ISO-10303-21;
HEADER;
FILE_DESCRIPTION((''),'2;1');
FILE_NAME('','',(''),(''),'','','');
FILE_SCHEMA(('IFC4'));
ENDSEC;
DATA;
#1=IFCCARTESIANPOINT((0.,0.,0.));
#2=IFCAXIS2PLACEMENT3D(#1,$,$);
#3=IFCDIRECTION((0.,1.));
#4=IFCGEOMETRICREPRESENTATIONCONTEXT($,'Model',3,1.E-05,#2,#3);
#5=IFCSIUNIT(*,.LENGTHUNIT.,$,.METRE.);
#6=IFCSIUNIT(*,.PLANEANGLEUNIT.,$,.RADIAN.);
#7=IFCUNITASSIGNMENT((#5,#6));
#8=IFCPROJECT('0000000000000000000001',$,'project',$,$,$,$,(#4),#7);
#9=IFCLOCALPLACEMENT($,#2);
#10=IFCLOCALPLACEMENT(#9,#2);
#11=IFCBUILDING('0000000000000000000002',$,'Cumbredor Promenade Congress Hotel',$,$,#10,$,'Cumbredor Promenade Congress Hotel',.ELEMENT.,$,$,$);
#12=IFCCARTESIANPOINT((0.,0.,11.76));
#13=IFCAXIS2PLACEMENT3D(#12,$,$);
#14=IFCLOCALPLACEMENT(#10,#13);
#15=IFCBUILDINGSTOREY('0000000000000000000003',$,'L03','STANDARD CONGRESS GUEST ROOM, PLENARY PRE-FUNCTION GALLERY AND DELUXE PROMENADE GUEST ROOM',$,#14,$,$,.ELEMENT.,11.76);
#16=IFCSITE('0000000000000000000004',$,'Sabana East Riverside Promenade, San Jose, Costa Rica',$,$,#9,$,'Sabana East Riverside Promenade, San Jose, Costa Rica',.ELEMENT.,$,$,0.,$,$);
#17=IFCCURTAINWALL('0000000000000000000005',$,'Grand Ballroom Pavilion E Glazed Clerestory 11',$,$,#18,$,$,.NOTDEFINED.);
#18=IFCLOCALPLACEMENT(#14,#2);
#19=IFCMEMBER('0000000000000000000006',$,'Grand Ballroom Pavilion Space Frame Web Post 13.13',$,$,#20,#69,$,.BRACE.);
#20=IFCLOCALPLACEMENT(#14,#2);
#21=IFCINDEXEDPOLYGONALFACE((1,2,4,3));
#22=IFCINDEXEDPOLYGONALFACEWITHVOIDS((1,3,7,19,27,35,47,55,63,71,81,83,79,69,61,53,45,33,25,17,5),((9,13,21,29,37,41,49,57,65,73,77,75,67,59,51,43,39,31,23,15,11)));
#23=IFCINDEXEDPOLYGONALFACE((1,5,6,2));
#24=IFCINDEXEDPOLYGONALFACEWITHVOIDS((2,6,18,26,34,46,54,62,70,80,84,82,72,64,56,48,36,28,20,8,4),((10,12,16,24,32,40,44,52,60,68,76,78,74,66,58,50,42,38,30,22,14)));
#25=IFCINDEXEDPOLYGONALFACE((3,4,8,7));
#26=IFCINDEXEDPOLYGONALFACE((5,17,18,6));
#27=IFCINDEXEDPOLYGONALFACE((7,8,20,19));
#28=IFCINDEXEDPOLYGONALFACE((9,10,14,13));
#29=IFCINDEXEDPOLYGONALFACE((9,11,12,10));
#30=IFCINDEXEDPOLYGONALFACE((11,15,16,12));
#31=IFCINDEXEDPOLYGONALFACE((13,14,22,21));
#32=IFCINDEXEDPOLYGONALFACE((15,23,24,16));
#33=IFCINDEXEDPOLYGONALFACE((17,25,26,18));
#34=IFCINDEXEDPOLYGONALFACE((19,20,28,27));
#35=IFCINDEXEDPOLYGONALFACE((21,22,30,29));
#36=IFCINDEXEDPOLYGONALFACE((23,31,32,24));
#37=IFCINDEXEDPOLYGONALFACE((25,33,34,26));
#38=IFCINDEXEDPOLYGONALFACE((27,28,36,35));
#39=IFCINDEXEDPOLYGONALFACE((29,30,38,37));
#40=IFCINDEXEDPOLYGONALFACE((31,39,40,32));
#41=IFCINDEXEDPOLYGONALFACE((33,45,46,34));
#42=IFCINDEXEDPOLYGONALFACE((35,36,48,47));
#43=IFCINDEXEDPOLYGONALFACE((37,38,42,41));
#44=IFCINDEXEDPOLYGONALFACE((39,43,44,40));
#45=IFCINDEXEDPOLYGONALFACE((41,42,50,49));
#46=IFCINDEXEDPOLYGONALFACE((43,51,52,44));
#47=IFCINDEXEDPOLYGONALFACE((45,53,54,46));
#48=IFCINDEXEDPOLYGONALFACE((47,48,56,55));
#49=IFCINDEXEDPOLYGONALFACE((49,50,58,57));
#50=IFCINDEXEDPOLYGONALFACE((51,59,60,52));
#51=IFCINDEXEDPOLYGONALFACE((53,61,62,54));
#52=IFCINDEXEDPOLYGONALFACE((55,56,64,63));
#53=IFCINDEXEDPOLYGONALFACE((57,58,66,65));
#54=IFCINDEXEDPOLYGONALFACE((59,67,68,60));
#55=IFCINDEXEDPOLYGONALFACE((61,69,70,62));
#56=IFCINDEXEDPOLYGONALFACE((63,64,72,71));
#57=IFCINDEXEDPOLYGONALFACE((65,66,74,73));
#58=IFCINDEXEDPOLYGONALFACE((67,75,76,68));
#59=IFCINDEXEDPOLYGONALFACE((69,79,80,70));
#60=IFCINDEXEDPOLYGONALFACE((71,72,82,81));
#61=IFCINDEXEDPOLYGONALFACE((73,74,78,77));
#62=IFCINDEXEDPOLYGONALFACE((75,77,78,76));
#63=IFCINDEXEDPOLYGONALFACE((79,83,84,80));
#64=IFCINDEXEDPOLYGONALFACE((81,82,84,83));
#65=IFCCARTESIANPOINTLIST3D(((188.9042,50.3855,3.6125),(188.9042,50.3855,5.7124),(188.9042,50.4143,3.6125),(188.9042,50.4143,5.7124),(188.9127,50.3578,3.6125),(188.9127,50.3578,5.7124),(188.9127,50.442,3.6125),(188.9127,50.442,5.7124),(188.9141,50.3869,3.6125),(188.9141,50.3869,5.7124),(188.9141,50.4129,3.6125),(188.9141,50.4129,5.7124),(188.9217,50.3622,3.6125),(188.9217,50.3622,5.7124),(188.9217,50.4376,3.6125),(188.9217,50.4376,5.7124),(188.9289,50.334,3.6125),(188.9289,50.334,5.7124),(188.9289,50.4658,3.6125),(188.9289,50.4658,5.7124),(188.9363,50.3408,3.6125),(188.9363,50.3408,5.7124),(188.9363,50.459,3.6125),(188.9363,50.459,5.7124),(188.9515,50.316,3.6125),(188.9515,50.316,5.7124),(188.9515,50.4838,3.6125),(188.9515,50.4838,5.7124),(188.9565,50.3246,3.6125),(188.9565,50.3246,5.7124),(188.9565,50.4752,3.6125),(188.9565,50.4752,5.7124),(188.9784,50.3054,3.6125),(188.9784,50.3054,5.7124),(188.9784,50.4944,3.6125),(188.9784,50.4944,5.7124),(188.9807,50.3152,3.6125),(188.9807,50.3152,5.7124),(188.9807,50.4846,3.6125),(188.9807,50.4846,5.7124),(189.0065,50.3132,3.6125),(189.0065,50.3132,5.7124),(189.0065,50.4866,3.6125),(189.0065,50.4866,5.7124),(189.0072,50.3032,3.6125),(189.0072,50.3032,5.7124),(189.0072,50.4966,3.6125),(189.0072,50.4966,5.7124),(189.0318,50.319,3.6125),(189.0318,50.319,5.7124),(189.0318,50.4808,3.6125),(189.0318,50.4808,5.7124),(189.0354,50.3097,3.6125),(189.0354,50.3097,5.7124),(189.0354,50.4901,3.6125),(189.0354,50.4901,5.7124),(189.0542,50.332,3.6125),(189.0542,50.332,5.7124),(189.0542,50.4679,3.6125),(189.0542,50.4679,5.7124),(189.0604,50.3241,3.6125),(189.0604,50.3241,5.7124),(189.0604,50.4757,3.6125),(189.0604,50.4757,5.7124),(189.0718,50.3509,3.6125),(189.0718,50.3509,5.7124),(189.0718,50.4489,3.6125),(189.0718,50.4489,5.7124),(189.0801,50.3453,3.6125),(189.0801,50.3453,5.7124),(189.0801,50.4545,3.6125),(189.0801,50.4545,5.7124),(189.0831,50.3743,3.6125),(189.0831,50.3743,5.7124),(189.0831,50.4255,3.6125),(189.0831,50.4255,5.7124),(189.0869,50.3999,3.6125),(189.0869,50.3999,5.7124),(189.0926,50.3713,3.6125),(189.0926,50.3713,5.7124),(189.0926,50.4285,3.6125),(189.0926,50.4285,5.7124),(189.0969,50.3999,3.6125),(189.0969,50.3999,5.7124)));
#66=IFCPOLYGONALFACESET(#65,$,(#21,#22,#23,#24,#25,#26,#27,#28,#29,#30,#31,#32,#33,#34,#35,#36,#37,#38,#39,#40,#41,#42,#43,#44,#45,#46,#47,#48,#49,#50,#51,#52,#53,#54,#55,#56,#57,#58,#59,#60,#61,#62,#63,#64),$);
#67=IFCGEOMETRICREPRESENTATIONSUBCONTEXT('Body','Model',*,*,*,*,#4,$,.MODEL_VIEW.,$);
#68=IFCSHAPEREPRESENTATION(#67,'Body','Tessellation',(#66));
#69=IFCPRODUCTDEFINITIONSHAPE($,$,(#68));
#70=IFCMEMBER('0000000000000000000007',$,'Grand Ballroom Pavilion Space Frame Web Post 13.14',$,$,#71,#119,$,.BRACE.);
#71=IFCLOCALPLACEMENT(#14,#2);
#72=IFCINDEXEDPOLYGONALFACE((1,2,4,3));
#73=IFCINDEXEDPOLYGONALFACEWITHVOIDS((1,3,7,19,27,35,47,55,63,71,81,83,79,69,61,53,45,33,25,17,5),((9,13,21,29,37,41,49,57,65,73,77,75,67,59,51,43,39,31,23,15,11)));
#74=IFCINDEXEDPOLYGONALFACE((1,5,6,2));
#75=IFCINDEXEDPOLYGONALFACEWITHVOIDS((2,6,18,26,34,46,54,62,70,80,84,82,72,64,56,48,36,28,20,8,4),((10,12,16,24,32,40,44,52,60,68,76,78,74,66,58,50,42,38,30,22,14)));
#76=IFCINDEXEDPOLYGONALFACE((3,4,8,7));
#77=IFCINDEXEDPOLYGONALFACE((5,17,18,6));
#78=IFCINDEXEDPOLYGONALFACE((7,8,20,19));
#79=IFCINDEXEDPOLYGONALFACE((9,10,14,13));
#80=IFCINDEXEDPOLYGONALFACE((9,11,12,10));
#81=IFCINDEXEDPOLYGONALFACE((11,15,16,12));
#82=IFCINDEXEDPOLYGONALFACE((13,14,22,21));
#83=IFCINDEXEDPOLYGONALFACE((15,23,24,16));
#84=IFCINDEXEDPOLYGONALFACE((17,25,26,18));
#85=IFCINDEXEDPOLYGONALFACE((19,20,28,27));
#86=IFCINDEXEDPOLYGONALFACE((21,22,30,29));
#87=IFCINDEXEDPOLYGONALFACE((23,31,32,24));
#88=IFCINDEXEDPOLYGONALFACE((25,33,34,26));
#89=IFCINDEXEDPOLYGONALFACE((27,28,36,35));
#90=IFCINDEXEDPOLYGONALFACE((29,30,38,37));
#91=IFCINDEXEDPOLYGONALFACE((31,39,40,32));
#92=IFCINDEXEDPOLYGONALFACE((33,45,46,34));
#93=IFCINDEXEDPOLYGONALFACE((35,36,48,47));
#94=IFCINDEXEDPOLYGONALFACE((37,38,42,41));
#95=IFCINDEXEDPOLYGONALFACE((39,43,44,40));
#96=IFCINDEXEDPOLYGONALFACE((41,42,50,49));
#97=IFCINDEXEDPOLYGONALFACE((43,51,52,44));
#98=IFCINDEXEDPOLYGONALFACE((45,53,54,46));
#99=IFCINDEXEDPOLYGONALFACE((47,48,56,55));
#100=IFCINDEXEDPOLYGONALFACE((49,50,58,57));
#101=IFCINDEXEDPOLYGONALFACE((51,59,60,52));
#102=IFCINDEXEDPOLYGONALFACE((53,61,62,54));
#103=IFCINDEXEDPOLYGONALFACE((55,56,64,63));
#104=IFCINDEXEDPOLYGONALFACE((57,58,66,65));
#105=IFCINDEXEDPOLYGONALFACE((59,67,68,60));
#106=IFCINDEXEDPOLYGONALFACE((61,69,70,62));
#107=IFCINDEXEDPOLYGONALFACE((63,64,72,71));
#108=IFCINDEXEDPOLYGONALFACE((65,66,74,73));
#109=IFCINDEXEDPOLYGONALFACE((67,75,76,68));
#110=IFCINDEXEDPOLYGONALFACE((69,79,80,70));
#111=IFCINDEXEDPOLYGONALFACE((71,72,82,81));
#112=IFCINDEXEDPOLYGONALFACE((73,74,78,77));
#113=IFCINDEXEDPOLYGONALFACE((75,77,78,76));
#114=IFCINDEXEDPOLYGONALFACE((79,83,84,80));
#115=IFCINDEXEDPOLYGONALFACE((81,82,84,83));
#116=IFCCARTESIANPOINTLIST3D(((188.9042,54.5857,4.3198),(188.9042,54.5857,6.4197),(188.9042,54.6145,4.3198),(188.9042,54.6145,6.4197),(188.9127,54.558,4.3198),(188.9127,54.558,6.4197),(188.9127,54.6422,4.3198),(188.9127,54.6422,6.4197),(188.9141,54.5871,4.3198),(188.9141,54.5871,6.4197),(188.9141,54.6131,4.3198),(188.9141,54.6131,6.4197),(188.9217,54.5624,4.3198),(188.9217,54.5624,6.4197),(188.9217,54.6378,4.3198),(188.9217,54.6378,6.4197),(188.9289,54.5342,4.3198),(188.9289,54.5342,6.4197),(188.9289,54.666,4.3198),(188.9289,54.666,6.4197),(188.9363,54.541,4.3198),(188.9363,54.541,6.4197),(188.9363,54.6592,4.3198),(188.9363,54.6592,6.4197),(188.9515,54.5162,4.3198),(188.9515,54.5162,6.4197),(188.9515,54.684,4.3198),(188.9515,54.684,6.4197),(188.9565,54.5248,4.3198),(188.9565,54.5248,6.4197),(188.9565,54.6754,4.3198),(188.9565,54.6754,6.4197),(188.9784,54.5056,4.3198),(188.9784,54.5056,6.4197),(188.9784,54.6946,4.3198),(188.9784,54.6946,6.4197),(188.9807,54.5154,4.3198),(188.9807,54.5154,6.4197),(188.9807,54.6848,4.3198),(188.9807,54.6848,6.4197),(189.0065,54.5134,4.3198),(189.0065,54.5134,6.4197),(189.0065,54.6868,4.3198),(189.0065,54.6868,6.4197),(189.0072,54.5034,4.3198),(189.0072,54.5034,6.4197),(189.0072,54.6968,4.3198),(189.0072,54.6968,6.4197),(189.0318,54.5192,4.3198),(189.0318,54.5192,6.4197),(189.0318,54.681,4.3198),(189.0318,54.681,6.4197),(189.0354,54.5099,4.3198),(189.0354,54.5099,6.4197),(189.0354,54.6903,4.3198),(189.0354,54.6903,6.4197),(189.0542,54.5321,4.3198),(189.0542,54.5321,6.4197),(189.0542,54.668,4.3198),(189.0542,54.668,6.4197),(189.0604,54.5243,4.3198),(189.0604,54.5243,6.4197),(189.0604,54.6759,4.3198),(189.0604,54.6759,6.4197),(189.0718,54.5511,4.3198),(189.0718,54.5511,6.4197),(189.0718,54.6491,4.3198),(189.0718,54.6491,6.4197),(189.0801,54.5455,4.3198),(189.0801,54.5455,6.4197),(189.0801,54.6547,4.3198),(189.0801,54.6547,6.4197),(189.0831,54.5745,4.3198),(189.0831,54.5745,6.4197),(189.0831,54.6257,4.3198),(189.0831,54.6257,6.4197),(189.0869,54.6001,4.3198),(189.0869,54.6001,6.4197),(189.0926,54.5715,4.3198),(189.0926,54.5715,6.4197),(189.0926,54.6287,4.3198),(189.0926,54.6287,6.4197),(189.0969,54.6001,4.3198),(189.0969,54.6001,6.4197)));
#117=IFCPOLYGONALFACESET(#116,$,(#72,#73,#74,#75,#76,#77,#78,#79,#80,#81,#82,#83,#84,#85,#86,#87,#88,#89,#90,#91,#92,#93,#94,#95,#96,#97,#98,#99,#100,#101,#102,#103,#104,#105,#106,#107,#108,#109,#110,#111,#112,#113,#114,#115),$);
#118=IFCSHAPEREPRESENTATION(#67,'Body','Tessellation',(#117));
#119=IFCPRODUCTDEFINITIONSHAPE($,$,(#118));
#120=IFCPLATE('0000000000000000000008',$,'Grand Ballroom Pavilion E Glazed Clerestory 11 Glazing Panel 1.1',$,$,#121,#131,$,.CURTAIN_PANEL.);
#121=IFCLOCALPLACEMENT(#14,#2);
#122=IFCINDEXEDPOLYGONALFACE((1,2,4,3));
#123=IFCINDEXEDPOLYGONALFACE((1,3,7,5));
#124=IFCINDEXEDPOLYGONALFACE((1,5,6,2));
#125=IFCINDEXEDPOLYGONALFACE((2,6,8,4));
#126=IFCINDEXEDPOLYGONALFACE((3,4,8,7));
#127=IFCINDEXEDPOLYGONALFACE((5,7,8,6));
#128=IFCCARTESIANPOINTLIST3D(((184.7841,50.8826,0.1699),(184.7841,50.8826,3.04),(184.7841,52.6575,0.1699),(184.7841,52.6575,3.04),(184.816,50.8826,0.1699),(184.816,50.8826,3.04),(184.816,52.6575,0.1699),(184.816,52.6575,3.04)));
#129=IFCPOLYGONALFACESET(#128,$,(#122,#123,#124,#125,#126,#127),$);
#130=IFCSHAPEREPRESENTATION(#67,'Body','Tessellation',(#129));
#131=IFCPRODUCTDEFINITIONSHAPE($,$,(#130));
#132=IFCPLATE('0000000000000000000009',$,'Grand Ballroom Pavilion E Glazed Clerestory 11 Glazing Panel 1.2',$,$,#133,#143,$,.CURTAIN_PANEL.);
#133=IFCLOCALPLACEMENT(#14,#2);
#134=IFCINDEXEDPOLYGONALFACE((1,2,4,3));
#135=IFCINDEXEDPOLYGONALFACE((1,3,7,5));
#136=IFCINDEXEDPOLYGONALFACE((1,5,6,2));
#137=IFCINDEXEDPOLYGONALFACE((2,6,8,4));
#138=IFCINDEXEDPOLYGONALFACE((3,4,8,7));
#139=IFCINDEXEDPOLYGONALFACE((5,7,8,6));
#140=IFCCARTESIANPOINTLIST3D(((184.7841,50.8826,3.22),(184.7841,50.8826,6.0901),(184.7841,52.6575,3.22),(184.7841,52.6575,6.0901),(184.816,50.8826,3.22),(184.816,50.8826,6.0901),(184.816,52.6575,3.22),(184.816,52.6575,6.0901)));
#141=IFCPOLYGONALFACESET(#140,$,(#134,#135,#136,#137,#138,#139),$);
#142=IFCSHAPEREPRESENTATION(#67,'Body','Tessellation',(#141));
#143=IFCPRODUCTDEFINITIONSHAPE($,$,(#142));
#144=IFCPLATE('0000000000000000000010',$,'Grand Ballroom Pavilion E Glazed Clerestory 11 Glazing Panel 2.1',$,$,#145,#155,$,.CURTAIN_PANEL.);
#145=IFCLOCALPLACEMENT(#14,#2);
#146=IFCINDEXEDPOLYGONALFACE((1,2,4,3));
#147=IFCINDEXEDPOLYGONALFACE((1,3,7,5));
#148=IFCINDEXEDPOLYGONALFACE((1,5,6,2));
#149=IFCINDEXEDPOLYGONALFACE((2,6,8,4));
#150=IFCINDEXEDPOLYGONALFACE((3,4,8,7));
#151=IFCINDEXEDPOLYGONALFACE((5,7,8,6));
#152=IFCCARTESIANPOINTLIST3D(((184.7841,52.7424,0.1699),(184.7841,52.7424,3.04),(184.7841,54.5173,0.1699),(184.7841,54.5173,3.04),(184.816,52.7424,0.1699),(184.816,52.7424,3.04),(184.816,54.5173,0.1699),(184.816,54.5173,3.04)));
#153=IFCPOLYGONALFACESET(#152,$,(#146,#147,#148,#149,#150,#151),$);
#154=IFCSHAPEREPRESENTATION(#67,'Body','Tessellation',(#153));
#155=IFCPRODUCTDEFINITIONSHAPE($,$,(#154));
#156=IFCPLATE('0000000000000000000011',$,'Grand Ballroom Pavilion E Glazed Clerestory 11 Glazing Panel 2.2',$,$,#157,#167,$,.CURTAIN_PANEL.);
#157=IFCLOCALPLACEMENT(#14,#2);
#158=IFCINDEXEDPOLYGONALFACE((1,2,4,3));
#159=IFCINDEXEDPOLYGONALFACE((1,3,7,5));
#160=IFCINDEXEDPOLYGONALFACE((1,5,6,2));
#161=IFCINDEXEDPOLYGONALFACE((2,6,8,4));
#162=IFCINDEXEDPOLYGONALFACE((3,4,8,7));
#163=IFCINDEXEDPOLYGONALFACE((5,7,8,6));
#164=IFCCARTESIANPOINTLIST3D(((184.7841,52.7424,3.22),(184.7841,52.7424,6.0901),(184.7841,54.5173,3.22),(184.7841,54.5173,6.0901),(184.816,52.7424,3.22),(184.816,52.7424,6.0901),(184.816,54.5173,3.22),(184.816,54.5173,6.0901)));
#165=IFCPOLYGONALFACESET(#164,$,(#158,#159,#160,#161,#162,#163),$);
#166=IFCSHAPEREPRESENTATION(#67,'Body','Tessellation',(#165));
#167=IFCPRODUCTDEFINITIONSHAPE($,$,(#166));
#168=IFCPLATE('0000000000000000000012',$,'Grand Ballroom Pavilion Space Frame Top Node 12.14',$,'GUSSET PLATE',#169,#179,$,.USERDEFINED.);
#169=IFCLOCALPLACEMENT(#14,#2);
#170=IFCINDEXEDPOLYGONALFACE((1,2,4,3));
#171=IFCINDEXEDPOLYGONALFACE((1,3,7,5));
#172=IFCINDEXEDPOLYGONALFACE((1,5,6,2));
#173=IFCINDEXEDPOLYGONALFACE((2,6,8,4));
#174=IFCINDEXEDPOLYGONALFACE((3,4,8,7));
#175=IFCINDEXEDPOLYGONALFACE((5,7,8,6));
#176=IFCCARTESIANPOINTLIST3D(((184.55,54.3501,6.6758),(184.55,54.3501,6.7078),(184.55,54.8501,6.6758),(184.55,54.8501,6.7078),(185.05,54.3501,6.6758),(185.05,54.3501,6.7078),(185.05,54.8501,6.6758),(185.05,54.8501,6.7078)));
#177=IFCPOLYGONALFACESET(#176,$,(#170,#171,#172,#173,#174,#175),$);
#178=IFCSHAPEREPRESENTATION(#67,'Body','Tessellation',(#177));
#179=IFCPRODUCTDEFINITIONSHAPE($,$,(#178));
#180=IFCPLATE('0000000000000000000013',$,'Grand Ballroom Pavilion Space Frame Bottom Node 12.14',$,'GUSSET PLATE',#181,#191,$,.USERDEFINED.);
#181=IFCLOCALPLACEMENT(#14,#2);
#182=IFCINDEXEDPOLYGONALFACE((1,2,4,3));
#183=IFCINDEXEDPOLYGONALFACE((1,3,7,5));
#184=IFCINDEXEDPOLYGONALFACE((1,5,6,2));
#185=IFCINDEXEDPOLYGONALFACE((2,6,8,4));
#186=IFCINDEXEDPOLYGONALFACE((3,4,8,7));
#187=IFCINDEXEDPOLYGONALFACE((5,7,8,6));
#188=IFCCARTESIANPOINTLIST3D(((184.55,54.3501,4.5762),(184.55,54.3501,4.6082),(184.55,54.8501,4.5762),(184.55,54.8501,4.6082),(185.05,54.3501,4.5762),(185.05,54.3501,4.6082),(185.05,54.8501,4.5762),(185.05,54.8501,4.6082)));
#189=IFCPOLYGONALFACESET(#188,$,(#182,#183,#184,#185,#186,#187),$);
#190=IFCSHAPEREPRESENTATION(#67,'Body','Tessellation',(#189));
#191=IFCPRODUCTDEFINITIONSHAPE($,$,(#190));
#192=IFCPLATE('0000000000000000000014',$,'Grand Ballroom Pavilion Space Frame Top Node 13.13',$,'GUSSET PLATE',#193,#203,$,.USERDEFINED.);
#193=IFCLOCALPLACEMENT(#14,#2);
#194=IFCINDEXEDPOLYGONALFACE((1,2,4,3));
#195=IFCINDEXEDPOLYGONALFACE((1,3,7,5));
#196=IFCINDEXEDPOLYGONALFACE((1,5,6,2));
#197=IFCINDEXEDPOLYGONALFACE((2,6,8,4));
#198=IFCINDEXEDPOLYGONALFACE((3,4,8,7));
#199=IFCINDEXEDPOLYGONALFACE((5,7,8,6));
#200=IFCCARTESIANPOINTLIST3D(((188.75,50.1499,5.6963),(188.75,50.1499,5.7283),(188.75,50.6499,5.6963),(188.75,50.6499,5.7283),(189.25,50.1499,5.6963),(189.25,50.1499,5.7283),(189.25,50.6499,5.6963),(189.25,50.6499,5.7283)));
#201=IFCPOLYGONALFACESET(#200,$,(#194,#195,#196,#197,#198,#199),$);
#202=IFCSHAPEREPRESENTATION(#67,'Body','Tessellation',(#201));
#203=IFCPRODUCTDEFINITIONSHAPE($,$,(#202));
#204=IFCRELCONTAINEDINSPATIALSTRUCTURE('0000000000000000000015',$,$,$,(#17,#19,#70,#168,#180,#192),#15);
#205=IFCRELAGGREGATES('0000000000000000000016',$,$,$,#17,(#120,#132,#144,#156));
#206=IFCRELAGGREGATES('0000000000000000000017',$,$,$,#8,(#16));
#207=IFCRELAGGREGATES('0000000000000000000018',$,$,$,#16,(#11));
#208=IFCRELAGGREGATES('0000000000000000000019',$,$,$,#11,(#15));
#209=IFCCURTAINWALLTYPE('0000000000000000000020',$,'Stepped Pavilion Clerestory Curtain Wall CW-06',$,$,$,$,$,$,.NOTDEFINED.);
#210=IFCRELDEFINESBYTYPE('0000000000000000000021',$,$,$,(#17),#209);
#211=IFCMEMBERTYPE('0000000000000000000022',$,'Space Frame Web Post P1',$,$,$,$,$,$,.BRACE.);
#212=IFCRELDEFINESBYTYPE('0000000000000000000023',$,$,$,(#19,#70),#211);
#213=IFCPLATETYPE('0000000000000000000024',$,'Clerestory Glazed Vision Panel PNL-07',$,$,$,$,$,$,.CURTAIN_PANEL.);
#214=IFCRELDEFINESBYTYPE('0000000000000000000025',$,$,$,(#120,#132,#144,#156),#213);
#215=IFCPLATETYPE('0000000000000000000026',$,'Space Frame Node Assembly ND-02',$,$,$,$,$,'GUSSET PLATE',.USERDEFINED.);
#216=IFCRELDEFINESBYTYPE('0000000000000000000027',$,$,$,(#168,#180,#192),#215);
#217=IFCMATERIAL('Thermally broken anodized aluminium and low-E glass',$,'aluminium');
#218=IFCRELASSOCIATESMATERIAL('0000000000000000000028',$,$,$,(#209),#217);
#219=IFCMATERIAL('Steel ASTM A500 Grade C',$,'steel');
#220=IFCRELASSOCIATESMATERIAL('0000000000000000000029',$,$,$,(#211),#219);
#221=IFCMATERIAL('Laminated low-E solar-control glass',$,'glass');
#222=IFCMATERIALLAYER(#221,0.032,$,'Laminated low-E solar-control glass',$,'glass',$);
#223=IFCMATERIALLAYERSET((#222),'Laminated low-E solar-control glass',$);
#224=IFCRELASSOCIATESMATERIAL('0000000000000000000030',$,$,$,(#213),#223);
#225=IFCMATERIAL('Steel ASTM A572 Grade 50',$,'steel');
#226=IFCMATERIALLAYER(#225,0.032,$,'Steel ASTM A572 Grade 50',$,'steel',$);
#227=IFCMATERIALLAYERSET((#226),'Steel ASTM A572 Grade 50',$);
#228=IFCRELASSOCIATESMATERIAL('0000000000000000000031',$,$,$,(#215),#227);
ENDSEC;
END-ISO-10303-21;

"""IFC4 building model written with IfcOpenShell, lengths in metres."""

from ifc_helpers import new_model, si_unit, direction, frame, origin, origin_2d, place, context, subcontext, project, spatial, rectangle, hollow_circle, extrude, material, layer, layer_set, material_profile, profile_set, type_object, element, aggregate, save


model = new_model("IFC4")

# Units and contexts
model_context = context("Model", 3, precision=1e-05, world=origin(), true_north=direction((0.0, 1.0)))
body_context = subcontext(model_context, "Body", "Model", "MODEL_VIEW")
ifc_project = project(units=[si_unit("LENGTHUNIT", "METRE"), si_unit("PLANEANGLEUNIT", "RADIAN")], contexts=[model_context])

# Site, building, storey
site_placement = place(None, origin())
site = spatial("IfcSite", under=ifc_project, at=site_placement, Name="Sabana East Riverside Promenade, San Jose, Costa Rica", LongName="Sabana East Riverside Promenade, San Jose, Costa Rica", CompositionType="ELEMENT", RefElevation=0.0)
building_placement = place(site_placement, origin())
building = spatial("IfcBuilding", under=site, at=building_placement, Name="Cumbredor Promenade Congress Hotel", LongName="Cumbredor Promenade Congress Hotel", CompositionType="ELEMENT")
storey_placement = place(building_placement, frame((0.0, 0.0, 11.76)))
storey = spatial("IfcBuildingStorey", under=building, at=storey_placement, Name="L03", Description="STANDARD CONGRESS GUEST ROOM, PLENARY PRE-FUNCTION GALLERY AND DELUXE PROMENADE GUEST ROOM", CompositionType="ELEMENT", Elevation=11.76)

# Shared definitions
ifc_material_1 = material(Name="Steel ASTM A500 Grade C", Category="steel")

# Curtain wall
ifc_material_2 = material(Name="Thermally broken anodized aluminium and low-E glass", Category="aluminium")
curtain_wall_type = type_object("IfcCurtainWallType", Name="Stepped Pavilion Clerestory Curtain Wall CW-06", PredefinedType="NOTDEFINED", material=ifc_material_2)
curtain_wall_1_placement = place(storey_placement, origin())
curtain_wall_1 = element("IfcCurtainWall", 1, at=curtain_wall_1_placement, inside=storey, type_object=curtain_wall_type, Name="Grand Ballroom Pavilion E Glazed Clerestory 11", PredefinedType="NOTDEFINED")

# Members
ifc_material_profile_1 = material_profile(ifc_material_1, hollow_circle(Radius=0.0969, WallThickness=0.01, at=origin_2d()), Name="CHS 193.7x10")
ifc_profile_set_1 = profile_set([ifc_material_profile_1], Name="Steel ASTM A500 Grade C")
member_type_1 = type_object("IfcMemberType", Name="Space Frame Web Post P1", PredefinedType="BRACE", material=ifc_profile_set_1)
for number, where, z_axis, x_axis, name in (
    (2, (189.0, 50.3999, 3.6125), (0.0, 0.0, 1.0), (1.0, 0.0, 0.0), "Grand Ballroom Pavilion Space Frame Web Post 13.13"),
    (3, (189.0, 54.6001, 4.3198), (0.0, 0.0, 1.0), (1.0, 0.0, 0.0), "Grand Ballroom Pavilion Space Frame Web Post 13.14"),
):
    element("IfcMember", number, at=place(storey_placement, frame(where, z_axis=z_axis, x_axis=x_axis)), inside=storey, type_object=member_type_1, Name=name, PredefinedType="BRACE", context=body_context, shape_type="SweptSolid", body=[
        extrude(hollow_circle(Radius=0.0969, WallThickness=0.01, at=origin_2d()), origin(), (0.0, 0.0, 1.0), 2.0999),
    ])

# Plates
ifc_material_3 = material(Name="Laminated low-E solar-control glass", Category="glass")
ifc_layer_1 = layer(ifc_material_3, 0.032, Name="Laminated low-E solar-control glass", Category="glass")
ifc_layer_set_1 = layer_set([ifc_layer_1], Name="Laminated low-E solar-control glass")
plate_type_1 = type_object("IfcPlateType", Name="Clerestory Glazed Vision Panel PNL-07", PredefinedType="CURTAIN_PANEL", material=ifc_layer_set_1)
plate_1_placement = place(storey_placement, frame((184.8, 51.77, 0.1699), z_axis=(0.0, 0.0, 1.0), x_axis=(0.0, 1.0, 0.0)))
plate_1 = element("IfcPlate", 4, at=plate_1_placement, type_object=plate_type_1, Name="Grand Ballroom Pavilion E Glazed Clerestory 11 Glazing Panel 1.1", PredefinedType="CURTAIN_PANEL", context=body_context, shape_type="SweptSolid", body=[
    extrude(rectangle(XDim=1.7749, YDim=0.032, at=origin_2d()), origin(), (0.0, 0.0, 1.0), 2.8701),
])
plate_2_placement = place(storey_placement, frame((184.8, 51.77, 3.22), z_axis=(0.0, 0.0, 1.0), x_axis=(0.0, 1.0, 0.0)))
plate_2 = element("IfcPlate", 5, at=plate_2_placement, type_object=plate_type_1, Name="Grand Ballroom Pavilion E Glazed Clerestory 11 Glazing Panel 1.2", PredefinedType="CURTAIN_PANEL", context=body_context, shape_type="SweptSolid", body=[
    extrude(rectangle(XDim=1.7749, YDim=0.032, at=origin_2d()), origin(), (0.0, 0.0, 1.0), 2.8701),
])
plate_3_placement = place(storey_placement, frame((184.8, 53.6299, 0.1699), z_axis=(0.0, 0.0, 1.0), x_axis=(0.0, 1.0, 0.0)))
plate_3 = element("IfcPlate", 6, at=plate_3_placement, type_object=plate_type_1, Name="Grand Ballroom Pavilion E Glazed Clerestory 11 Glazing Panel 2.1", PredefinedType="CURTAIN_PANEL", context=body_context, shape_type="SweptSolid", body=[
    extrude(rectangle(XDim=1.7749, YDim=0.032, at=origin_2d()), origin(), (0.0, 0.0, 1.0), 2.8701),
])
plate_4_placement = place(storey_placement, frame((184.8, 53.6299, 3.22), z_axis=(0.0, 0.0, 1.0), x_axis=(0.0, 1.0, 0.0)))
plate_4 = element("IfcPlate", 7, at=plate_4_placement, type_object=plate_type_1, Name="Grand Ballroom Pavilion E Glazed Clerestory 11 Glazing Panel 2.2", PredefinedType="CURTAIN_PANEL", context=body_context, shape_type="SweptSolid", body=[
    extrude(rectangle(XDim=1.7749, YDim=0.032, at=origin_2d()), origin(), (0.0, 0.0, 1.0), 2.8701),
])
aggregate(curtain_wall_1, [plate_1, plate_2, plate_3, plate_4])

# Plates
ifc_material_4 = material(Name="Steel ASTM A572 Grade 50", Category="steel")
ifc_layer_2 = layer(ifc_material_4, 0.032, Name="Steel ASTM A572 Grade 50", Category="steel")
ifc_layer_set_2 = layer_set([ifc_layer_2], Name="Steel ASTM A572 Grade 50")
plate_type_2 = type_object("IfcPlateType", Name="Space Frame Node Assembly ND-02", ElementType="GUSSET PLATE", PredefinedType="USERDEFINED", material=ifc_layer_set_2)
for number, where, z_axis, x_axis, name in (
    (8, (184.8, 54.6001, 6.6758), (0.0, 0.0, 1.0), (1.0, 0.0, 0.0), "Grand Ballroom Pavilion Space Frame Top Node 12.14"),
    (9, (184.8, 54.6001, 4.5762), (0.0, 0.0, 1.0), (1.0, 0.0, 0.0), "Grand Ballroom Pavilion Space Frame Bottom Node 12.14"),
    (10, (189.0, 50.3999, 5.6963), (0.0, 0.0, 1.0), (1.0, 0.0, 0.0), "Grand Ballroom Pavilion Space Frame Top Node 13.13"),
):
    element("IfcPlate", number, at=place(storey_placement, frame(where, z_axis=z_axis, x_axis=x_axis)), inside=storey, type_object=plate_type_2, Name=name, ObjectType="GUSSET PLATE", PredefinedType="USERDEFINED", context=body_context, shape_type="SweptSolid", body=[
        extrude(rectangle(XDim=0.5, YDim=0.5, at=origin_2d()), origin(), (0.0, 0.0, 1.0), 0.032),
    ])

save(model, "model.ifc")
